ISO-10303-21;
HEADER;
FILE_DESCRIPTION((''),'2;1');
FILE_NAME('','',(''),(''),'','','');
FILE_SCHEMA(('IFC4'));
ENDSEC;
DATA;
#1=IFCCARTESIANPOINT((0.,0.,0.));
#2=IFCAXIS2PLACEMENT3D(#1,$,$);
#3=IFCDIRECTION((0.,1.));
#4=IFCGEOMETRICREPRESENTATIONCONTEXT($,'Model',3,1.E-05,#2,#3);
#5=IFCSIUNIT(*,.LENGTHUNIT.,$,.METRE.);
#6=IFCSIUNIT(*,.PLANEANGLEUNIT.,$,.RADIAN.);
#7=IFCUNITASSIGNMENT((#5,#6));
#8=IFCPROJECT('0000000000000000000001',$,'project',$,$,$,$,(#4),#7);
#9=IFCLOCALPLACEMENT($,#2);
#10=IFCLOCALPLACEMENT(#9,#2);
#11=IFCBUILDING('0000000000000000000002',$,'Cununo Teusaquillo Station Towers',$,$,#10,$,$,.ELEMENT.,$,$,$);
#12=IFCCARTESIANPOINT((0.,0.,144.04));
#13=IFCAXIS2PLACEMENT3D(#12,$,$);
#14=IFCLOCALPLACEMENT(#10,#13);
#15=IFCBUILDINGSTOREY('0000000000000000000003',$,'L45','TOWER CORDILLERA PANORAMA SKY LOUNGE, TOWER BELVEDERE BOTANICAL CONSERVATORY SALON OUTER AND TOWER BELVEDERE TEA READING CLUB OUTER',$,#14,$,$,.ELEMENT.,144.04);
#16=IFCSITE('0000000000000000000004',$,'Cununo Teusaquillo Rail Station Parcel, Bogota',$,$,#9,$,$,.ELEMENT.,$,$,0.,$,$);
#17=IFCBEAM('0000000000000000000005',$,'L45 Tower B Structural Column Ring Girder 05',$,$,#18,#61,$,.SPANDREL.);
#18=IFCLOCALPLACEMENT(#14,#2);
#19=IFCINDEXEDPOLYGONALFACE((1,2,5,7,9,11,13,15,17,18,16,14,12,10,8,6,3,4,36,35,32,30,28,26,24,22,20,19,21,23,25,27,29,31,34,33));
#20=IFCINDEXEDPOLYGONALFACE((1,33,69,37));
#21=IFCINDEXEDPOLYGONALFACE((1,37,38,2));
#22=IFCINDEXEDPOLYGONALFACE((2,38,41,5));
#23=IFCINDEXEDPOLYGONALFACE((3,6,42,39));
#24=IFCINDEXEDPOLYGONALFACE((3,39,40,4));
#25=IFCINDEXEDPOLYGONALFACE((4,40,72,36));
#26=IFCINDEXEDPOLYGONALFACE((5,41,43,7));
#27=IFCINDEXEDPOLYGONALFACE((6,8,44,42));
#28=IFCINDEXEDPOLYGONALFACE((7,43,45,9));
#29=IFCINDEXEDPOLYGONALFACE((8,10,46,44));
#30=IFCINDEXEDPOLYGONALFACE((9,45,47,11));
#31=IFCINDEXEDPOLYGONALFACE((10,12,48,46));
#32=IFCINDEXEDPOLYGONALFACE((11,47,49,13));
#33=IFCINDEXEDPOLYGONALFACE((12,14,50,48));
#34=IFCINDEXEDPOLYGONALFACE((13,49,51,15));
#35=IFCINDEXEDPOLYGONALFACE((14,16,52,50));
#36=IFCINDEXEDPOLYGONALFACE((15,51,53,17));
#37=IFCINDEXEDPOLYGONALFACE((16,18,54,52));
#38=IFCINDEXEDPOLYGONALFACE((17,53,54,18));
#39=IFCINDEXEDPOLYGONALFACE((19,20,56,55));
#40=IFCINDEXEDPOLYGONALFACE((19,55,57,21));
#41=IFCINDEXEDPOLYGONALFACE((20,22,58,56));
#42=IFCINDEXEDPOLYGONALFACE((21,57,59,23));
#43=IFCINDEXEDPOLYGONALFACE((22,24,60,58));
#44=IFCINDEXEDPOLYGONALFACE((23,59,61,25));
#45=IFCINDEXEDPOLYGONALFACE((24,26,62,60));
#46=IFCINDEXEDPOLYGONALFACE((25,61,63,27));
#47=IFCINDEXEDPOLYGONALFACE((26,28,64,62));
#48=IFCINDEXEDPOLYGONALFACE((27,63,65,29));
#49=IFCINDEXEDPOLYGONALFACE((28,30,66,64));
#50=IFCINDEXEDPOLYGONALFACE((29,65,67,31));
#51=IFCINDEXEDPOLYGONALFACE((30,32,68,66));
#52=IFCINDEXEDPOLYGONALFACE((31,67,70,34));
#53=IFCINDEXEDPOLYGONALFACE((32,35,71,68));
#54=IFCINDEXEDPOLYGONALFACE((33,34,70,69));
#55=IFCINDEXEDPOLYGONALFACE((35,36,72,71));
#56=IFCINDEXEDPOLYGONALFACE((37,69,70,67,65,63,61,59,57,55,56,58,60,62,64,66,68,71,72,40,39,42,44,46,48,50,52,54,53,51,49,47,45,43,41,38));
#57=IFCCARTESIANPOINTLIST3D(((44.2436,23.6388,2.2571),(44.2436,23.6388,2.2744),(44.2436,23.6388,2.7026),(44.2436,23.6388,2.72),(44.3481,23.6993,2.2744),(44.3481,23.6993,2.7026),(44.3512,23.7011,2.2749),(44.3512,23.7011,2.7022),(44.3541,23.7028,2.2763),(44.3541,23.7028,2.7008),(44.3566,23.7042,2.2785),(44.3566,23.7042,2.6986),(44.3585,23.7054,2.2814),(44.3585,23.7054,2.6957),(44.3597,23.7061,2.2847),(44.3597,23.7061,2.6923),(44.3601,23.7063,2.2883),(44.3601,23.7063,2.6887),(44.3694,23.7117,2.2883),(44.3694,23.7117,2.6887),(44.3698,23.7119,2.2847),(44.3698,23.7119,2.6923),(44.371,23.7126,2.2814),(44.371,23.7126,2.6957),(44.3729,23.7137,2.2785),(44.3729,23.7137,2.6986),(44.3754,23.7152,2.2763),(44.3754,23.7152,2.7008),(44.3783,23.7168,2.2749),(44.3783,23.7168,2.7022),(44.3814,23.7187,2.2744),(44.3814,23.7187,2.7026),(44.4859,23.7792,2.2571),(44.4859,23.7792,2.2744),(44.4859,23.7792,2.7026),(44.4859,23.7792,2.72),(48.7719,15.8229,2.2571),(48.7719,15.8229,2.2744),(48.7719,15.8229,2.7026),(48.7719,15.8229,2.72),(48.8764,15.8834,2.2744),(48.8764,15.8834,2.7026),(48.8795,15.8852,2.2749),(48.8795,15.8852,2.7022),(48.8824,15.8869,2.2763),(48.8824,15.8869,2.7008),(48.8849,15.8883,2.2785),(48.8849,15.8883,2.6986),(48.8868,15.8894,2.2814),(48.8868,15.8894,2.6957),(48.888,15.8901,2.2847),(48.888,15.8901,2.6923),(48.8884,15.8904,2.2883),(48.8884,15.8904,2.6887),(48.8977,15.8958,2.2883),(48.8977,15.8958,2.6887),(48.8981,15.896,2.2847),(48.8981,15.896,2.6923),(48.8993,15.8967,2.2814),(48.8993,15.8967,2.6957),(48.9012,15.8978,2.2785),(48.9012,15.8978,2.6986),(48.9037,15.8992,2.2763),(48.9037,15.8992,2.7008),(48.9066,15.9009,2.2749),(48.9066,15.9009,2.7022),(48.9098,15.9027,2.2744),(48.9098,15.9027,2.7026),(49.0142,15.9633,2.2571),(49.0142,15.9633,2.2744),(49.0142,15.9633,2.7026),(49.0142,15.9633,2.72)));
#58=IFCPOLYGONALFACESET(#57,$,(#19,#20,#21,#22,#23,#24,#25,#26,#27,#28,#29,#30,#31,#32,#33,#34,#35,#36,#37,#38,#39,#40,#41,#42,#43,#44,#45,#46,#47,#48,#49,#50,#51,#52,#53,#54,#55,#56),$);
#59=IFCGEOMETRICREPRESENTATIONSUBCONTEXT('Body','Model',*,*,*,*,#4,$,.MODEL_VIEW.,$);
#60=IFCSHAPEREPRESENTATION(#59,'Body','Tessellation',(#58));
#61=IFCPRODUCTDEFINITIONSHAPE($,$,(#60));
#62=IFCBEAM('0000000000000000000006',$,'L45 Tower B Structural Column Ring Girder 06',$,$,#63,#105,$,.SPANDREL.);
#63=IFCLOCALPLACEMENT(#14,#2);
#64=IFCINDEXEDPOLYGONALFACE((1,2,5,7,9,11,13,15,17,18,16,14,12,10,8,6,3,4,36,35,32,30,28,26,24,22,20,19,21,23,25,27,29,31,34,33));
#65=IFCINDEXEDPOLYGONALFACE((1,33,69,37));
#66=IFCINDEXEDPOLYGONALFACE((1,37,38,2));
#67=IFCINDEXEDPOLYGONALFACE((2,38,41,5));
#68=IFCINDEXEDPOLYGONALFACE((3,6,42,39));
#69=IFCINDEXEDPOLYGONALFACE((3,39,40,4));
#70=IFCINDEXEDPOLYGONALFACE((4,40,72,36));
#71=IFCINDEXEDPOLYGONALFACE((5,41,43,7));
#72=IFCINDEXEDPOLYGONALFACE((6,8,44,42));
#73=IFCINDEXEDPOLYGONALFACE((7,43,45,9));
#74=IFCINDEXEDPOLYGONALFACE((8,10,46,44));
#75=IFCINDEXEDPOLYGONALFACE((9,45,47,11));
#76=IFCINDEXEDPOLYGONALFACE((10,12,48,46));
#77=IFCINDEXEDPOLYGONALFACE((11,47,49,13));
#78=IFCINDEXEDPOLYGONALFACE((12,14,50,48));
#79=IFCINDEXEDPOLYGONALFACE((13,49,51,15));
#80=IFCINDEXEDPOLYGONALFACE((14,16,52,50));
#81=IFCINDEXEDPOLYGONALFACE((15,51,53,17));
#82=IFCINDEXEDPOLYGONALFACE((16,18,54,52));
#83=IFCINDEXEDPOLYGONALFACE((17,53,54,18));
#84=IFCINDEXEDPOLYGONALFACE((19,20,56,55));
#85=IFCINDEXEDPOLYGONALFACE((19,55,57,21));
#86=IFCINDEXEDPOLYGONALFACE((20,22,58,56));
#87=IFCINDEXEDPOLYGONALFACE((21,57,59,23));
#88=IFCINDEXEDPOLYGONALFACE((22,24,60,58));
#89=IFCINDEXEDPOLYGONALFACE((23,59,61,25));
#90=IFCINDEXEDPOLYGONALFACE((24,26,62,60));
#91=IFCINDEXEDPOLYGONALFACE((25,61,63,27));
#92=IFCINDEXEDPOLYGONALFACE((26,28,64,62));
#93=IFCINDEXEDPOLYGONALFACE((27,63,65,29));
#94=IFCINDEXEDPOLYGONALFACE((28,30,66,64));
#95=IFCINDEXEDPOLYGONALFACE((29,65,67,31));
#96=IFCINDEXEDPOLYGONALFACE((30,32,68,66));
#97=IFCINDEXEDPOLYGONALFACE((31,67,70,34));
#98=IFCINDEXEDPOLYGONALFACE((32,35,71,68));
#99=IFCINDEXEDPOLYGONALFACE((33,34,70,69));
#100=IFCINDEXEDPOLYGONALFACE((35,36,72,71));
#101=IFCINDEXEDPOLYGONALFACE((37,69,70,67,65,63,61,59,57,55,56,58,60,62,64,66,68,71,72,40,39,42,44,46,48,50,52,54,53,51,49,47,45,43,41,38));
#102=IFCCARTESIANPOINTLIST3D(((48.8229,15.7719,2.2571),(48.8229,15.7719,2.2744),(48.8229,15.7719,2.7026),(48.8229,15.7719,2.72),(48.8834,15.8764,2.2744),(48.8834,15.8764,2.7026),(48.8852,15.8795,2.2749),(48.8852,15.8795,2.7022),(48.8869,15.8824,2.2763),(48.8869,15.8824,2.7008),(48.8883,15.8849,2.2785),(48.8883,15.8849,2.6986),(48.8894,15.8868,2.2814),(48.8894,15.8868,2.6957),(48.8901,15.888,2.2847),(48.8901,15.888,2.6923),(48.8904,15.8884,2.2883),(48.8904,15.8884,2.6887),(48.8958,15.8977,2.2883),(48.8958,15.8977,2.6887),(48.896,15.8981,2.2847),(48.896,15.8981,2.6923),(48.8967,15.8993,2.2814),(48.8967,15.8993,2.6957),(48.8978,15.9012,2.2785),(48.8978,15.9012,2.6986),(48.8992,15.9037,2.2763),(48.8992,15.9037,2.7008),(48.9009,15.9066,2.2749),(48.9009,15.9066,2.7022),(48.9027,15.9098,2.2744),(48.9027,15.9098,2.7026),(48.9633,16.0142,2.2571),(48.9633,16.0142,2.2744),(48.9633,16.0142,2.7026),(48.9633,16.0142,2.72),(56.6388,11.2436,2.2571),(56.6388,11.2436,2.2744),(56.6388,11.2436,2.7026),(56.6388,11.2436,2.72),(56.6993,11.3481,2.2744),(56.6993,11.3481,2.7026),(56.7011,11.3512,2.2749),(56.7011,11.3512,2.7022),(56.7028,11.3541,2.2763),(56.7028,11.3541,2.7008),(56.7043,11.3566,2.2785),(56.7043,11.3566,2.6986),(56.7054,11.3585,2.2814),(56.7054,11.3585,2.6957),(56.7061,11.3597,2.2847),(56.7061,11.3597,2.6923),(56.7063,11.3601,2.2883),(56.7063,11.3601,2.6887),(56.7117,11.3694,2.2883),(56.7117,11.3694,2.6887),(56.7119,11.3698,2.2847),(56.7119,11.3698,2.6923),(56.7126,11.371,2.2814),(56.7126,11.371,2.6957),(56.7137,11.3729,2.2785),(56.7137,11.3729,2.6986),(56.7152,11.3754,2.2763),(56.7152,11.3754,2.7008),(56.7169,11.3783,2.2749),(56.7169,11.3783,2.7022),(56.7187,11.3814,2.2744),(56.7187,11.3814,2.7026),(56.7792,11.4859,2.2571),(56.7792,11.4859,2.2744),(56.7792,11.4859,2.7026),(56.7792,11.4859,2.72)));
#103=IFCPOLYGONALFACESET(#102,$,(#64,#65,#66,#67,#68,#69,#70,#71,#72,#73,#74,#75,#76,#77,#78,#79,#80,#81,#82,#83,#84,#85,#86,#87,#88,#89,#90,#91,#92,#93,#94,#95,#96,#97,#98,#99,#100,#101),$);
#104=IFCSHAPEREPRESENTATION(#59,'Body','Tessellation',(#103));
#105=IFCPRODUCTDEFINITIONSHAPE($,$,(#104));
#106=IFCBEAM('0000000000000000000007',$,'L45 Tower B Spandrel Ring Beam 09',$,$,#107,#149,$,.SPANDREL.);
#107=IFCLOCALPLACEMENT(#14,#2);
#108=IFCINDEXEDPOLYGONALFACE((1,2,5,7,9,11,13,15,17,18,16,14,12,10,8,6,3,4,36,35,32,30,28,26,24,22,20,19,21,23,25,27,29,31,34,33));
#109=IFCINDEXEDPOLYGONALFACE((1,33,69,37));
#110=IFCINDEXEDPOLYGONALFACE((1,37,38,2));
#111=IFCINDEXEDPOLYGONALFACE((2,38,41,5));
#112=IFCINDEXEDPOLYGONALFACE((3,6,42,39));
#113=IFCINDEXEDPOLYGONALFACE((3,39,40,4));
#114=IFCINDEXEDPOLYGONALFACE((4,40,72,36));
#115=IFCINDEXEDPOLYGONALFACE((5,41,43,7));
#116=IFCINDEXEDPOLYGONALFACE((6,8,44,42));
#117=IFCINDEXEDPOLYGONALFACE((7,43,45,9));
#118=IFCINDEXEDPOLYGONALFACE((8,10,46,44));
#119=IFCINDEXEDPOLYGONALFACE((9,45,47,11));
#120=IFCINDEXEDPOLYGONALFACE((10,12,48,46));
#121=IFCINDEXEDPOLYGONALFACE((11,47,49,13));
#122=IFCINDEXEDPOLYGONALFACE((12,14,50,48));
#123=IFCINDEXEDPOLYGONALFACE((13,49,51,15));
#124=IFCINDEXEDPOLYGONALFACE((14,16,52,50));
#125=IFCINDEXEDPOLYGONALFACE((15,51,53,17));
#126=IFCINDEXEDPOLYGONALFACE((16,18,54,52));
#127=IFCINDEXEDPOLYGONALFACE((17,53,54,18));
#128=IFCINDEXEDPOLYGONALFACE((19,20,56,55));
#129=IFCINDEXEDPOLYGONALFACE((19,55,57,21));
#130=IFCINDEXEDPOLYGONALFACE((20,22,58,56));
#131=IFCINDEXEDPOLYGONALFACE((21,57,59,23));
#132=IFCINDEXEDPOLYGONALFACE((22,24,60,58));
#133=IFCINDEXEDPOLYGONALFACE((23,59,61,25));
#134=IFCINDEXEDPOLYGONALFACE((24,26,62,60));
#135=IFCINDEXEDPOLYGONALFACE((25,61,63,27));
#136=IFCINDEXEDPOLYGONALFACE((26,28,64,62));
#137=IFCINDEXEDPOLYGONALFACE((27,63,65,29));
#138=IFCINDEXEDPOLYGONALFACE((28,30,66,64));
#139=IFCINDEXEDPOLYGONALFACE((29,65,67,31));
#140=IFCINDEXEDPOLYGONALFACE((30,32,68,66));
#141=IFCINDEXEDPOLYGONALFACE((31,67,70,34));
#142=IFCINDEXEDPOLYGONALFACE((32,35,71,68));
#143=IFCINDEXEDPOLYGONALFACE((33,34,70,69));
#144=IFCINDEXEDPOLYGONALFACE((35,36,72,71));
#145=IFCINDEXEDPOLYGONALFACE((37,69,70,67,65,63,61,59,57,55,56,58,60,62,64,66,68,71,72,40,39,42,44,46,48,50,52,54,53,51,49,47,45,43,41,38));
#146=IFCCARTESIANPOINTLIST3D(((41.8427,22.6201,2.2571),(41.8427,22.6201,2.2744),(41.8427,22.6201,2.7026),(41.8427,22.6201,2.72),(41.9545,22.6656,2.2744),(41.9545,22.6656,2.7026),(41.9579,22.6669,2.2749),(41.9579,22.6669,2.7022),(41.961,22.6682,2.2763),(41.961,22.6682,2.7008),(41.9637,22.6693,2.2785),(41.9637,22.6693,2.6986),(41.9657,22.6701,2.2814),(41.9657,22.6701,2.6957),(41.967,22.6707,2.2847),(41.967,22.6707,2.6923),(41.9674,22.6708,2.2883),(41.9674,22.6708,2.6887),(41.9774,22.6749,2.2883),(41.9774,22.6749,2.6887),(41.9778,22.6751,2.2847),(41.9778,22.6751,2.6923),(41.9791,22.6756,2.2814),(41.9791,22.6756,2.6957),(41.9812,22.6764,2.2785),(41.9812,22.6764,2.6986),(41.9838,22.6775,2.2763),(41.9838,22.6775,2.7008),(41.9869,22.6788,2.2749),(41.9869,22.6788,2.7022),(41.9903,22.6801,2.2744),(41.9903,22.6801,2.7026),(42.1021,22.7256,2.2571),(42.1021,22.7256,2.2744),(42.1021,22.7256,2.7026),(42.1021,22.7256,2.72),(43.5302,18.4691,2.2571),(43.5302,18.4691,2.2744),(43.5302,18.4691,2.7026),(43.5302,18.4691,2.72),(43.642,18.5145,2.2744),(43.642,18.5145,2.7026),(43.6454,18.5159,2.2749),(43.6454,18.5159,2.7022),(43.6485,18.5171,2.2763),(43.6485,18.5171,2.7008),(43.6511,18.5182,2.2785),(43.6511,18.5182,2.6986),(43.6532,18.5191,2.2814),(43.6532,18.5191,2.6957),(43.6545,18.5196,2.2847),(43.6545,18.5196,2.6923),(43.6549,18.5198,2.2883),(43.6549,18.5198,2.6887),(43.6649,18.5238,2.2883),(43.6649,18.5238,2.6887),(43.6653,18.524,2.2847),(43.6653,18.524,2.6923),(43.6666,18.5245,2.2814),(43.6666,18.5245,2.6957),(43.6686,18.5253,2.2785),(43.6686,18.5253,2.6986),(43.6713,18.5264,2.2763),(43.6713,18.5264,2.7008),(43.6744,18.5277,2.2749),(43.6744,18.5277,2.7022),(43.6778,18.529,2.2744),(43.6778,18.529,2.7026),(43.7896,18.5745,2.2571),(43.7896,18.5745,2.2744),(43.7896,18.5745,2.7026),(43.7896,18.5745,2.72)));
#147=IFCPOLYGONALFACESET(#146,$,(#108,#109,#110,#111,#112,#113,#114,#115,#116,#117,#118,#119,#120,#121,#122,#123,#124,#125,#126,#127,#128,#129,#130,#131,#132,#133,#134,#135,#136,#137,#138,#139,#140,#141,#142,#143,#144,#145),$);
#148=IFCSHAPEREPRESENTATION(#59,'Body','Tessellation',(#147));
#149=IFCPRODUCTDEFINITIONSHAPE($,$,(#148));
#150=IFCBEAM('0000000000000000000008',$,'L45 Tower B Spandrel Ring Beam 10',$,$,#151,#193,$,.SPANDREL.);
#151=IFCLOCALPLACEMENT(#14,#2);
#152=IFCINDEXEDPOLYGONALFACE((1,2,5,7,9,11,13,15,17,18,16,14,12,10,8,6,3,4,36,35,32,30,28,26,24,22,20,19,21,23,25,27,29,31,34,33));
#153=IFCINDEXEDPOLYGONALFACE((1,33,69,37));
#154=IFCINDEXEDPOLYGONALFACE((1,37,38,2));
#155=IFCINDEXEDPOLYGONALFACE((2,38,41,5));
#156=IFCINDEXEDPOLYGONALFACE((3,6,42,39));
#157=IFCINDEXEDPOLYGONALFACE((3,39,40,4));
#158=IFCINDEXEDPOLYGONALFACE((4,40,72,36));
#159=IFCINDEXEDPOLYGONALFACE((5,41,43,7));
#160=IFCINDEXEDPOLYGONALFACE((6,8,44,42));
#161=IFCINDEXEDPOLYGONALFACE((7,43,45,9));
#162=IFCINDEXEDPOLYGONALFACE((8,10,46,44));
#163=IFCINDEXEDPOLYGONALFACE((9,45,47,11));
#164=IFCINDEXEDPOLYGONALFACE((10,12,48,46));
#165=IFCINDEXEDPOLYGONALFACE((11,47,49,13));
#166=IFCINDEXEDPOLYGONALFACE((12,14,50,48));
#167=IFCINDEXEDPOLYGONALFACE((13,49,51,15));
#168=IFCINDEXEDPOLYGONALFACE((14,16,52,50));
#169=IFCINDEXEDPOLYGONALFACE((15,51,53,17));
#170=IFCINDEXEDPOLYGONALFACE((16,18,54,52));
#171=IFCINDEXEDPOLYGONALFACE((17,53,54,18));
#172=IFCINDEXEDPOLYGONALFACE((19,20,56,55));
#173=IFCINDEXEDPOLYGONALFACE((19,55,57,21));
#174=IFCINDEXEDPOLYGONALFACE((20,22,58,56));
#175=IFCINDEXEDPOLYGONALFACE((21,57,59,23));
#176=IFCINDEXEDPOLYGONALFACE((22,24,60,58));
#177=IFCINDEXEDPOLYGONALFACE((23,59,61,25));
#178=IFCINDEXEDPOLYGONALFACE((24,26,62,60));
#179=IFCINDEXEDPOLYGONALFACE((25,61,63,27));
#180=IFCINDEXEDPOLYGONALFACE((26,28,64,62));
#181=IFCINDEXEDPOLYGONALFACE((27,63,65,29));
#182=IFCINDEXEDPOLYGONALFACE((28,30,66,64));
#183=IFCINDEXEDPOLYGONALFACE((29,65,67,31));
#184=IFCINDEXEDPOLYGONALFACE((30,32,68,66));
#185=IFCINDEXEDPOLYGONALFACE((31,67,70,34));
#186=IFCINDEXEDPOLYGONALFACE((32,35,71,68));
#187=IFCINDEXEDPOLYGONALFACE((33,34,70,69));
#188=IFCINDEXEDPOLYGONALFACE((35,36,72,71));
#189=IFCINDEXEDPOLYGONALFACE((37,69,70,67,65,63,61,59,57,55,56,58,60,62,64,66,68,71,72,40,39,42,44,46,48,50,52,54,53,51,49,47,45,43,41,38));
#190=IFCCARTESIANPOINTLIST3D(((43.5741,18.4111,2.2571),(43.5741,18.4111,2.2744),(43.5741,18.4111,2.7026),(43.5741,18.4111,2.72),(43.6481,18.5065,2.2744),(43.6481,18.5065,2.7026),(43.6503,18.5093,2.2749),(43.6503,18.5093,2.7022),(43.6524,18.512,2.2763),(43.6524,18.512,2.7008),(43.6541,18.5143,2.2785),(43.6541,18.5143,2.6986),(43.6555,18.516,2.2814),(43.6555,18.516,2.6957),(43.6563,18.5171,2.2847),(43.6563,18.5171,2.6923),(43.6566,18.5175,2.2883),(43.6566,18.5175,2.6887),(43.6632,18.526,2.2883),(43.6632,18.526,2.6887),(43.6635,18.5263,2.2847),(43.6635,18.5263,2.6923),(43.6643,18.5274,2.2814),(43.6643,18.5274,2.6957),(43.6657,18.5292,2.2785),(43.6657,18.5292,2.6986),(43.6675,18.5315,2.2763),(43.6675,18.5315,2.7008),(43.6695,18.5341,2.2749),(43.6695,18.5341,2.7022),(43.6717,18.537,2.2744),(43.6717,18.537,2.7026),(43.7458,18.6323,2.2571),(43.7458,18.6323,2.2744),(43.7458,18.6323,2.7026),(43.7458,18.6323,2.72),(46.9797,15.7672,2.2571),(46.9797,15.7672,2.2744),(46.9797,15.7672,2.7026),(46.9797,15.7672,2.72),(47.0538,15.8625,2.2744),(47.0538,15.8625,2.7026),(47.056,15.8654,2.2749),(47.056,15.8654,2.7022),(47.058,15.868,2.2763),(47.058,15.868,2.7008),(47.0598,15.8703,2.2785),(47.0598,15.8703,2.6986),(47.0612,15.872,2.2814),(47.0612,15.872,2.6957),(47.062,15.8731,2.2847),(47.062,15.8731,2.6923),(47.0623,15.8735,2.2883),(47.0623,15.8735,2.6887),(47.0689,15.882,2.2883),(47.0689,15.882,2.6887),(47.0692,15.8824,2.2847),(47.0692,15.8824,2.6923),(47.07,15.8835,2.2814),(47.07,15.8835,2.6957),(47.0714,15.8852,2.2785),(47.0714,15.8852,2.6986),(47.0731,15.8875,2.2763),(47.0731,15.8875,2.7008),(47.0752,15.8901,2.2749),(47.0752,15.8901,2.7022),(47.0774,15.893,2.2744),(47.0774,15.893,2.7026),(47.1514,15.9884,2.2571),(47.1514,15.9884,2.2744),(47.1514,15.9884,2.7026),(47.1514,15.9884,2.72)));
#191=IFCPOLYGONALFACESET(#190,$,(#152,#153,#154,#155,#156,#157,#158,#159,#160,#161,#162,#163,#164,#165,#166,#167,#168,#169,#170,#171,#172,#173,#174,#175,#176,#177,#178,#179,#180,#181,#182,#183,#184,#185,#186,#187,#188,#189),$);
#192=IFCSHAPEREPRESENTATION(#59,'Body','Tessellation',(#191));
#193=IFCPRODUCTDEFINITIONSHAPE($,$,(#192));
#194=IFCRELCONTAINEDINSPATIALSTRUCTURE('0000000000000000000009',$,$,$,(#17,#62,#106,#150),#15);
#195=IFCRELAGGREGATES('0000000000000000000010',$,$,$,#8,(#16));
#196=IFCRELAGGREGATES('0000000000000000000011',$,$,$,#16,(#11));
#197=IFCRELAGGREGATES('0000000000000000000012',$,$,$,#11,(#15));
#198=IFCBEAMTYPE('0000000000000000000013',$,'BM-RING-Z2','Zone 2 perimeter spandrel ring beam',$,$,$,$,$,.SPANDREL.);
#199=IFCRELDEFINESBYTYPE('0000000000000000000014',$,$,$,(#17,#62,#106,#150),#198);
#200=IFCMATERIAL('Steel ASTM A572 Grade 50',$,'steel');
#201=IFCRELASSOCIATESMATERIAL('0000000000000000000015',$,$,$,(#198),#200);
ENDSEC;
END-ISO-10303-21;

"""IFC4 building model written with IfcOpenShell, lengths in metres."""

from ifc_helpers import new_model, si_unit, direction, frame, origin, origin_2d, place, context, subcontext, project, spatial, i_section, extrude, material, material_profile, profile_set, type_object, element, save


model = new_model("IFC4")

# Units and contexts
model_context = context("Model", 3, precision=1e-05, world=origin(), true_north=direction((0.0, 1.0)))
body_context = subcontext(model_context, "Body", "Model", "MODEL_VIEW")
ifc_project = project(units=[si_unit("LENGTHUNIT", "METRE"), si_unit("PLANEANGLEUNIT", "RADIAN")], contexts=[model_context])

# Site, building, storey
site_placement = place(None, origin())
site = spatial("IfcSite", under=ifc_project, at=site_placement, Name="Cununo Teusaquillo Rail Station Parcel, Bogota", CompositionType="ELEMENT", RefElevation=0.0)
building_placement = place(site_placement, origin())
building = spatial("IfcBuilding", under=site, at=building_placement, Name="Cununo Teusaquillo Station Towers", CompositionType="ELEMENT")
storey_placement = place(building_placement, frame((0.0, 0.0, 144.04)))
storey = spatial("IfcBuildingStorey", under=building, at=storey_placement, Name="L45", Description="TOWER CORDILLERA PANORAMA SKY LOUNGE, TOWER BELVEDERE BOTANICAL CONSERVATORY SALON OUTER AND TOWER BELVEDERE TEA READING CLUB OUTER", CompositionType="ELEMENT", Elevation=144.04)

# Beams
ifc_material_1 = material(Name="Steel ASTM A572 Grade 50", Category="steel")
ifc_material_profile_1 = material_profile(ifc_material_1, i_section(OverallWidth=0.28, OverallDepth=0.4629, WebThickness=0.0107, FlangeThickness=0.0173, FilletRadius=0.0139, at=origin_2d()), Name="W18X76")
ifc_profile_set_1 = profile_set([ifc_material_profile_1], Name="Steel ASTM A572 Grade 50")
beam_type_1 = type_object("IfcBeamType", Name="BM-RING-Z2", Description="Zone 2 perimeter spandrel ring beam", PredefinedType="SPANDREL", material=ifc_profile_set_1)
for number, where, z_axis, x_axis, name in (
    (1, (44.3647, 23.709, 2.4885), (0.501311, -0.865267, 0.0), (0.865267, 0.501311, 0.0), "L45 Tower B Structural Column Ring Girder 05"),
    (2, (48.8931, 15.8931, 2.4885), (0.865267, -0.501311, 0.0), (0.501311, 0.865267, 0.0), "L45 Tower B Structural Column Ring Girder 06"),
):
    element("IfcBeam", number, at=place(storey_placement, frame(where, z_axis=z_axis, x_axis=x_axis)), inside=storey, type_object=beam_type_1, Name=name, PredefinedType="SPANDREL", context=body_context, shape_type="SweptSolid", body=[
        extrude(i_section(OverallWidth=0.28, OverallDepth=0.4629, WebThickness=0.0107, FlangeThickness=0.0173, FilletRadius=0.0139, at=origin_2d()), origin(), (0.0, 0.0, 1.0), 9.033),
    ])
beam_1_placement = place(storey_placement, frame((41.9724, 22.6729, 2.4885), z_axis=(0.376589, -0.92638, 0.0), x_axis=(0.92638, 0.376589, 0.0)))
element("IfcBeam", 3, at=beam_1_placement, inside=storey, type_object=beam_type_1, Name="L45 Tower B Spandrel Ring Beam 09", PredefinedType="SPANDREL", context=body_context, shape_type="SweptSolid", body=[
    extrude(i_section(OverallWidth=0.28, OverallDepth=0.4629, WebThickness=0.0107, FlangeThickness=0.0173, FilletRadius=0.0139, at=origin_2d()), origin(), (0.0, 0.0, 1.0), 4.481),
])
beam_2_placement = place(storey_placement, frame((43.6599, 18.5217, 2.4885), z_axis=(0.789901, -0.613235, 0.0), x_axis=(0.613235, 0.789901, 0.0)))
element("IfcBeam", 4, at=beam_2_placement, inside=storey, type_object=beam_type_1, Name="L45 Tower B Spandrel Ring Beam 10", PredefinedType="SPANDREL", context=body_context, shape_type="SweptSolid", body=[
    extrude(i_section(OverallWidth=0.28, OverallDepth=0.4629, WebThickness=0.0107, FlangeThickness=0.0173, FilletRadius=0.0139, at=origin_2d()), origin(), (0.0, 0.0, 1.0), 4.3115),
])

save(model, "model.ifc")
